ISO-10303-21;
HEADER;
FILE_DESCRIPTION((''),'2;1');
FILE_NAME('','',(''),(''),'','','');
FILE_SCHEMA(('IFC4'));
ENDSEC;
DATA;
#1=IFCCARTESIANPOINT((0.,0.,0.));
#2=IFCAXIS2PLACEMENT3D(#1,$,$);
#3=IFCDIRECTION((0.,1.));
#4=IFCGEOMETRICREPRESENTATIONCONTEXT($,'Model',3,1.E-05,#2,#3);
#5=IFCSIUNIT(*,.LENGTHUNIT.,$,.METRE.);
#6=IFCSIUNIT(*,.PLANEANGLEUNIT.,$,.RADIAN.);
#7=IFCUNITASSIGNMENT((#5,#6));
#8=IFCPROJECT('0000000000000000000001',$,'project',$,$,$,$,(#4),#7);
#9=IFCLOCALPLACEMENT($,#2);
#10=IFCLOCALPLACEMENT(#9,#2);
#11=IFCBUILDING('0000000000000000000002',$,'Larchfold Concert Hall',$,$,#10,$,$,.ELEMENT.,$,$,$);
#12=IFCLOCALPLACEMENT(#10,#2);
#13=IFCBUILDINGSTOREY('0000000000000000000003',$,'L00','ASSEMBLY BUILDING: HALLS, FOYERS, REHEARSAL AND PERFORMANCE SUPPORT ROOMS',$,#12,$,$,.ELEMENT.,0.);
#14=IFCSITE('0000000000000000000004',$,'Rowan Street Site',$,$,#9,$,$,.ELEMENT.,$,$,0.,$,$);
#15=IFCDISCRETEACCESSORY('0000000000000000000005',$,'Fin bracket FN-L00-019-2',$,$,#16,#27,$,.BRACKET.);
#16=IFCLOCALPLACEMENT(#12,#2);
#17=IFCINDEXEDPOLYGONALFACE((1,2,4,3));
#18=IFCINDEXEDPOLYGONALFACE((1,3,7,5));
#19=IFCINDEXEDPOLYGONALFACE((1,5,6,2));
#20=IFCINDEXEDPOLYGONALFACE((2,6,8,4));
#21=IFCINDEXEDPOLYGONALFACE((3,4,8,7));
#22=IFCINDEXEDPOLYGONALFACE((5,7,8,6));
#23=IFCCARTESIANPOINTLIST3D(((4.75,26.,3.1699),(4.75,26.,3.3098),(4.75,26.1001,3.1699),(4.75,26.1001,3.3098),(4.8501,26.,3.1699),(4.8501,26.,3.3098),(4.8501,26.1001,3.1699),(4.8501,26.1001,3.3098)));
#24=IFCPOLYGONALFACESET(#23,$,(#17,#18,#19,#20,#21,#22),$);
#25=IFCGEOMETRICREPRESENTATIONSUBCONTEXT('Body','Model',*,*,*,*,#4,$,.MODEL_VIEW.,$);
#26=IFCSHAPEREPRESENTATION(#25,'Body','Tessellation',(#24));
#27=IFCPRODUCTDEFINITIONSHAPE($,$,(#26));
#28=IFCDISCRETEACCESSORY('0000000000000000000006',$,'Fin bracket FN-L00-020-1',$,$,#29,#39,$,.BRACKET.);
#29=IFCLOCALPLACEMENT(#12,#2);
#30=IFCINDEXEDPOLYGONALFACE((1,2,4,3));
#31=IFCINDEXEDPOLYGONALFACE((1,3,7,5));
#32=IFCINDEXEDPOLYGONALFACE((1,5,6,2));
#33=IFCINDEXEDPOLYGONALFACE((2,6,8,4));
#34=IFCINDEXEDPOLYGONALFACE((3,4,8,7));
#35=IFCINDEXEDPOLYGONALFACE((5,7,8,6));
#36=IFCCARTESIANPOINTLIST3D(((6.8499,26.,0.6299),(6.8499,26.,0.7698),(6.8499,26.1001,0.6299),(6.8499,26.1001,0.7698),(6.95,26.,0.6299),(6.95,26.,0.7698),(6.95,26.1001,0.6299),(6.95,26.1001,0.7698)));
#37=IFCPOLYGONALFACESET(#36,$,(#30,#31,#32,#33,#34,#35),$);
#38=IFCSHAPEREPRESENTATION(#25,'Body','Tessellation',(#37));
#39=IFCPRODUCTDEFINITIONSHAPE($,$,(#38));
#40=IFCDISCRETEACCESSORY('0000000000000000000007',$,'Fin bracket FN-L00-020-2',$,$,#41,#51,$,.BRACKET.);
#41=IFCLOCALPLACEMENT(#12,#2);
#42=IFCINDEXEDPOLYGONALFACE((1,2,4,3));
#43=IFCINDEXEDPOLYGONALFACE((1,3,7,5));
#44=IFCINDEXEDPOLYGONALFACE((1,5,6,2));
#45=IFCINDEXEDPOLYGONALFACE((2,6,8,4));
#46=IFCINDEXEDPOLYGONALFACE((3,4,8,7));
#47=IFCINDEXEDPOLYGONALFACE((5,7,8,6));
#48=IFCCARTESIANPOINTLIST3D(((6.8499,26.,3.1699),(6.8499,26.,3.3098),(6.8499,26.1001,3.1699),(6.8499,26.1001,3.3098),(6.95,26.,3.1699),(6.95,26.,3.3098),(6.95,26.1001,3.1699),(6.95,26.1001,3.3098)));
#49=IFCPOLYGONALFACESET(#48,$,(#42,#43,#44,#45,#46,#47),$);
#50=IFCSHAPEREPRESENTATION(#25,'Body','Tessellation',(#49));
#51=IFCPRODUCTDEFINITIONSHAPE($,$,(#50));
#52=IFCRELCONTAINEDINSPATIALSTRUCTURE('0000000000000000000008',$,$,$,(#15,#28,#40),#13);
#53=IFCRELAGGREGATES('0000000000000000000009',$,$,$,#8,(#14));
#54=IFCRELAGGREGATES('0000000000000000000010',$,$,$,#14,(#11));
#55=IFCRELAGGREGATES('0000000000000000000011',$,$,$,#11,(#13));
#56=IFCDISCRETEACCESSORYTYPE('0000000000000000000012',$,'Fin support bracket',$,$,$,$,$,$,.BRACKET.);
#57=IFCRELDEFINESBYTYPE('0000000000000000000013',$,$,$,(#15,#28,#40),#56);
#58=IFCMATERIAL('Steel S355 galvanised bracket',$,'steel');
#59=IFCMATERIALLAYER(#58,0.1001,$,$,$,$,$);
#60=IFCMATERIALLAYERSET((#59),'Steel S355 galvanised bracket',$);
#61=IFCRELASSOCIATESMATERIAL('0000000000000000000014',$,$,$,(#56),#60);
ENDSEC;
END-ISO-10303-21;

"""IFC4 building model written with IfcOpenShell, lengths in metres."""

from ifc_helpers import new_model, si_unit, direction, frame, origin, origin_2d, place, context, subcontext, project, spatial, rectangle, extrude, material, layer, layer_set, type_object, element, save


model = new_model("IFC4")

# Units and contexts
model_context = context("Model", 3, precision=1e-05, world=origin(), true_north=direction((0.0, 1.0)))
body_context = subcontext(model_context, "Body", "Model", "MODEL_VIEW")
ifc_project = project(units=[si_unit("LENGTHUNIT", "METRE"), si_unit("PLANEANGLEUNIT", "RADIAN")], contexts=[model_context])

# Site, building, storey
site_placement = place(None, origin())
site = spatial("IfcSite", under=ifc_project, at=site_placement, Name="Rowan Street Site", CompositionType="ELEMENT", RefElevation=0.0)
building_placement = place(site_placement, origin())
building = spatial("IfcBuilding", under=site, at=building_placement, Name="Larchfold Concert Hall", CompositionType="ELEMENT")
storey_placement = place(building_placement, origin())
storey = spatial("IfcBuildingStorey", under=building, at=storey_placement, Name="L00", Description="ASSEMBLY BUILDING: HALLS, FOYERS, REHEARSAL AND PERFORMANCE SUPPORT ROOMS", CompositionType="ELEMENT", Elevation=0.0)

# Discrete accessories
ifc_material_1 = material(Name="Steel S355 galvanised bracket", Category="steel")
ifc_layer_1 = layer(ifc_material_1, 0.1001)
ifc_layer_set_1 = layer_set([ifc_layer_1], Name="Steel S355 galvanised bracket")
discrete_accessory_type = type_object("IfcDiscreteAccessoryType", Name="Fin support bracket", PredefinedType="BRACKET", material=ifc_layer_set_1)
for number, where, z_axis, x_axis, name in (
    (1, (4.8, 26.05, 3.1699), (0.0, 0.0, 1.0), (0.0, 1.0, 0.0), "Fin bracket FN-L00-019-2"),
    (2, (6.8999, 26.05, 0.6299), (0.0, 0.0, 1.0), (0.0, 1.0, 0.0), "Fin bracket FN-L00-020-1"),
    (3, (6.8999, 26.05, 3.1699), (0.0, 0.0, 1.0), (0.0, 1.0, 0.0), "Fin bracket FN-L00-020-2"),
):
    element("IfcDiscreteAccessory", number, at=place(storey_placement, frame(where, z_axis=z_axis, x_axis=x_axis)), inside=storey, type_object=discrete_accessory_type, Name=name, PredefinedType="BRACKET", context=body_context, shape_type="SweptSolid", body=[
        extrude(rectangle(XDim=0.1001, YDim=0.1001, at=origin_2d()), origin(), (0.0, 0.0, 1.0), 0.1399),
    ])

save(model, "model.ifc")
